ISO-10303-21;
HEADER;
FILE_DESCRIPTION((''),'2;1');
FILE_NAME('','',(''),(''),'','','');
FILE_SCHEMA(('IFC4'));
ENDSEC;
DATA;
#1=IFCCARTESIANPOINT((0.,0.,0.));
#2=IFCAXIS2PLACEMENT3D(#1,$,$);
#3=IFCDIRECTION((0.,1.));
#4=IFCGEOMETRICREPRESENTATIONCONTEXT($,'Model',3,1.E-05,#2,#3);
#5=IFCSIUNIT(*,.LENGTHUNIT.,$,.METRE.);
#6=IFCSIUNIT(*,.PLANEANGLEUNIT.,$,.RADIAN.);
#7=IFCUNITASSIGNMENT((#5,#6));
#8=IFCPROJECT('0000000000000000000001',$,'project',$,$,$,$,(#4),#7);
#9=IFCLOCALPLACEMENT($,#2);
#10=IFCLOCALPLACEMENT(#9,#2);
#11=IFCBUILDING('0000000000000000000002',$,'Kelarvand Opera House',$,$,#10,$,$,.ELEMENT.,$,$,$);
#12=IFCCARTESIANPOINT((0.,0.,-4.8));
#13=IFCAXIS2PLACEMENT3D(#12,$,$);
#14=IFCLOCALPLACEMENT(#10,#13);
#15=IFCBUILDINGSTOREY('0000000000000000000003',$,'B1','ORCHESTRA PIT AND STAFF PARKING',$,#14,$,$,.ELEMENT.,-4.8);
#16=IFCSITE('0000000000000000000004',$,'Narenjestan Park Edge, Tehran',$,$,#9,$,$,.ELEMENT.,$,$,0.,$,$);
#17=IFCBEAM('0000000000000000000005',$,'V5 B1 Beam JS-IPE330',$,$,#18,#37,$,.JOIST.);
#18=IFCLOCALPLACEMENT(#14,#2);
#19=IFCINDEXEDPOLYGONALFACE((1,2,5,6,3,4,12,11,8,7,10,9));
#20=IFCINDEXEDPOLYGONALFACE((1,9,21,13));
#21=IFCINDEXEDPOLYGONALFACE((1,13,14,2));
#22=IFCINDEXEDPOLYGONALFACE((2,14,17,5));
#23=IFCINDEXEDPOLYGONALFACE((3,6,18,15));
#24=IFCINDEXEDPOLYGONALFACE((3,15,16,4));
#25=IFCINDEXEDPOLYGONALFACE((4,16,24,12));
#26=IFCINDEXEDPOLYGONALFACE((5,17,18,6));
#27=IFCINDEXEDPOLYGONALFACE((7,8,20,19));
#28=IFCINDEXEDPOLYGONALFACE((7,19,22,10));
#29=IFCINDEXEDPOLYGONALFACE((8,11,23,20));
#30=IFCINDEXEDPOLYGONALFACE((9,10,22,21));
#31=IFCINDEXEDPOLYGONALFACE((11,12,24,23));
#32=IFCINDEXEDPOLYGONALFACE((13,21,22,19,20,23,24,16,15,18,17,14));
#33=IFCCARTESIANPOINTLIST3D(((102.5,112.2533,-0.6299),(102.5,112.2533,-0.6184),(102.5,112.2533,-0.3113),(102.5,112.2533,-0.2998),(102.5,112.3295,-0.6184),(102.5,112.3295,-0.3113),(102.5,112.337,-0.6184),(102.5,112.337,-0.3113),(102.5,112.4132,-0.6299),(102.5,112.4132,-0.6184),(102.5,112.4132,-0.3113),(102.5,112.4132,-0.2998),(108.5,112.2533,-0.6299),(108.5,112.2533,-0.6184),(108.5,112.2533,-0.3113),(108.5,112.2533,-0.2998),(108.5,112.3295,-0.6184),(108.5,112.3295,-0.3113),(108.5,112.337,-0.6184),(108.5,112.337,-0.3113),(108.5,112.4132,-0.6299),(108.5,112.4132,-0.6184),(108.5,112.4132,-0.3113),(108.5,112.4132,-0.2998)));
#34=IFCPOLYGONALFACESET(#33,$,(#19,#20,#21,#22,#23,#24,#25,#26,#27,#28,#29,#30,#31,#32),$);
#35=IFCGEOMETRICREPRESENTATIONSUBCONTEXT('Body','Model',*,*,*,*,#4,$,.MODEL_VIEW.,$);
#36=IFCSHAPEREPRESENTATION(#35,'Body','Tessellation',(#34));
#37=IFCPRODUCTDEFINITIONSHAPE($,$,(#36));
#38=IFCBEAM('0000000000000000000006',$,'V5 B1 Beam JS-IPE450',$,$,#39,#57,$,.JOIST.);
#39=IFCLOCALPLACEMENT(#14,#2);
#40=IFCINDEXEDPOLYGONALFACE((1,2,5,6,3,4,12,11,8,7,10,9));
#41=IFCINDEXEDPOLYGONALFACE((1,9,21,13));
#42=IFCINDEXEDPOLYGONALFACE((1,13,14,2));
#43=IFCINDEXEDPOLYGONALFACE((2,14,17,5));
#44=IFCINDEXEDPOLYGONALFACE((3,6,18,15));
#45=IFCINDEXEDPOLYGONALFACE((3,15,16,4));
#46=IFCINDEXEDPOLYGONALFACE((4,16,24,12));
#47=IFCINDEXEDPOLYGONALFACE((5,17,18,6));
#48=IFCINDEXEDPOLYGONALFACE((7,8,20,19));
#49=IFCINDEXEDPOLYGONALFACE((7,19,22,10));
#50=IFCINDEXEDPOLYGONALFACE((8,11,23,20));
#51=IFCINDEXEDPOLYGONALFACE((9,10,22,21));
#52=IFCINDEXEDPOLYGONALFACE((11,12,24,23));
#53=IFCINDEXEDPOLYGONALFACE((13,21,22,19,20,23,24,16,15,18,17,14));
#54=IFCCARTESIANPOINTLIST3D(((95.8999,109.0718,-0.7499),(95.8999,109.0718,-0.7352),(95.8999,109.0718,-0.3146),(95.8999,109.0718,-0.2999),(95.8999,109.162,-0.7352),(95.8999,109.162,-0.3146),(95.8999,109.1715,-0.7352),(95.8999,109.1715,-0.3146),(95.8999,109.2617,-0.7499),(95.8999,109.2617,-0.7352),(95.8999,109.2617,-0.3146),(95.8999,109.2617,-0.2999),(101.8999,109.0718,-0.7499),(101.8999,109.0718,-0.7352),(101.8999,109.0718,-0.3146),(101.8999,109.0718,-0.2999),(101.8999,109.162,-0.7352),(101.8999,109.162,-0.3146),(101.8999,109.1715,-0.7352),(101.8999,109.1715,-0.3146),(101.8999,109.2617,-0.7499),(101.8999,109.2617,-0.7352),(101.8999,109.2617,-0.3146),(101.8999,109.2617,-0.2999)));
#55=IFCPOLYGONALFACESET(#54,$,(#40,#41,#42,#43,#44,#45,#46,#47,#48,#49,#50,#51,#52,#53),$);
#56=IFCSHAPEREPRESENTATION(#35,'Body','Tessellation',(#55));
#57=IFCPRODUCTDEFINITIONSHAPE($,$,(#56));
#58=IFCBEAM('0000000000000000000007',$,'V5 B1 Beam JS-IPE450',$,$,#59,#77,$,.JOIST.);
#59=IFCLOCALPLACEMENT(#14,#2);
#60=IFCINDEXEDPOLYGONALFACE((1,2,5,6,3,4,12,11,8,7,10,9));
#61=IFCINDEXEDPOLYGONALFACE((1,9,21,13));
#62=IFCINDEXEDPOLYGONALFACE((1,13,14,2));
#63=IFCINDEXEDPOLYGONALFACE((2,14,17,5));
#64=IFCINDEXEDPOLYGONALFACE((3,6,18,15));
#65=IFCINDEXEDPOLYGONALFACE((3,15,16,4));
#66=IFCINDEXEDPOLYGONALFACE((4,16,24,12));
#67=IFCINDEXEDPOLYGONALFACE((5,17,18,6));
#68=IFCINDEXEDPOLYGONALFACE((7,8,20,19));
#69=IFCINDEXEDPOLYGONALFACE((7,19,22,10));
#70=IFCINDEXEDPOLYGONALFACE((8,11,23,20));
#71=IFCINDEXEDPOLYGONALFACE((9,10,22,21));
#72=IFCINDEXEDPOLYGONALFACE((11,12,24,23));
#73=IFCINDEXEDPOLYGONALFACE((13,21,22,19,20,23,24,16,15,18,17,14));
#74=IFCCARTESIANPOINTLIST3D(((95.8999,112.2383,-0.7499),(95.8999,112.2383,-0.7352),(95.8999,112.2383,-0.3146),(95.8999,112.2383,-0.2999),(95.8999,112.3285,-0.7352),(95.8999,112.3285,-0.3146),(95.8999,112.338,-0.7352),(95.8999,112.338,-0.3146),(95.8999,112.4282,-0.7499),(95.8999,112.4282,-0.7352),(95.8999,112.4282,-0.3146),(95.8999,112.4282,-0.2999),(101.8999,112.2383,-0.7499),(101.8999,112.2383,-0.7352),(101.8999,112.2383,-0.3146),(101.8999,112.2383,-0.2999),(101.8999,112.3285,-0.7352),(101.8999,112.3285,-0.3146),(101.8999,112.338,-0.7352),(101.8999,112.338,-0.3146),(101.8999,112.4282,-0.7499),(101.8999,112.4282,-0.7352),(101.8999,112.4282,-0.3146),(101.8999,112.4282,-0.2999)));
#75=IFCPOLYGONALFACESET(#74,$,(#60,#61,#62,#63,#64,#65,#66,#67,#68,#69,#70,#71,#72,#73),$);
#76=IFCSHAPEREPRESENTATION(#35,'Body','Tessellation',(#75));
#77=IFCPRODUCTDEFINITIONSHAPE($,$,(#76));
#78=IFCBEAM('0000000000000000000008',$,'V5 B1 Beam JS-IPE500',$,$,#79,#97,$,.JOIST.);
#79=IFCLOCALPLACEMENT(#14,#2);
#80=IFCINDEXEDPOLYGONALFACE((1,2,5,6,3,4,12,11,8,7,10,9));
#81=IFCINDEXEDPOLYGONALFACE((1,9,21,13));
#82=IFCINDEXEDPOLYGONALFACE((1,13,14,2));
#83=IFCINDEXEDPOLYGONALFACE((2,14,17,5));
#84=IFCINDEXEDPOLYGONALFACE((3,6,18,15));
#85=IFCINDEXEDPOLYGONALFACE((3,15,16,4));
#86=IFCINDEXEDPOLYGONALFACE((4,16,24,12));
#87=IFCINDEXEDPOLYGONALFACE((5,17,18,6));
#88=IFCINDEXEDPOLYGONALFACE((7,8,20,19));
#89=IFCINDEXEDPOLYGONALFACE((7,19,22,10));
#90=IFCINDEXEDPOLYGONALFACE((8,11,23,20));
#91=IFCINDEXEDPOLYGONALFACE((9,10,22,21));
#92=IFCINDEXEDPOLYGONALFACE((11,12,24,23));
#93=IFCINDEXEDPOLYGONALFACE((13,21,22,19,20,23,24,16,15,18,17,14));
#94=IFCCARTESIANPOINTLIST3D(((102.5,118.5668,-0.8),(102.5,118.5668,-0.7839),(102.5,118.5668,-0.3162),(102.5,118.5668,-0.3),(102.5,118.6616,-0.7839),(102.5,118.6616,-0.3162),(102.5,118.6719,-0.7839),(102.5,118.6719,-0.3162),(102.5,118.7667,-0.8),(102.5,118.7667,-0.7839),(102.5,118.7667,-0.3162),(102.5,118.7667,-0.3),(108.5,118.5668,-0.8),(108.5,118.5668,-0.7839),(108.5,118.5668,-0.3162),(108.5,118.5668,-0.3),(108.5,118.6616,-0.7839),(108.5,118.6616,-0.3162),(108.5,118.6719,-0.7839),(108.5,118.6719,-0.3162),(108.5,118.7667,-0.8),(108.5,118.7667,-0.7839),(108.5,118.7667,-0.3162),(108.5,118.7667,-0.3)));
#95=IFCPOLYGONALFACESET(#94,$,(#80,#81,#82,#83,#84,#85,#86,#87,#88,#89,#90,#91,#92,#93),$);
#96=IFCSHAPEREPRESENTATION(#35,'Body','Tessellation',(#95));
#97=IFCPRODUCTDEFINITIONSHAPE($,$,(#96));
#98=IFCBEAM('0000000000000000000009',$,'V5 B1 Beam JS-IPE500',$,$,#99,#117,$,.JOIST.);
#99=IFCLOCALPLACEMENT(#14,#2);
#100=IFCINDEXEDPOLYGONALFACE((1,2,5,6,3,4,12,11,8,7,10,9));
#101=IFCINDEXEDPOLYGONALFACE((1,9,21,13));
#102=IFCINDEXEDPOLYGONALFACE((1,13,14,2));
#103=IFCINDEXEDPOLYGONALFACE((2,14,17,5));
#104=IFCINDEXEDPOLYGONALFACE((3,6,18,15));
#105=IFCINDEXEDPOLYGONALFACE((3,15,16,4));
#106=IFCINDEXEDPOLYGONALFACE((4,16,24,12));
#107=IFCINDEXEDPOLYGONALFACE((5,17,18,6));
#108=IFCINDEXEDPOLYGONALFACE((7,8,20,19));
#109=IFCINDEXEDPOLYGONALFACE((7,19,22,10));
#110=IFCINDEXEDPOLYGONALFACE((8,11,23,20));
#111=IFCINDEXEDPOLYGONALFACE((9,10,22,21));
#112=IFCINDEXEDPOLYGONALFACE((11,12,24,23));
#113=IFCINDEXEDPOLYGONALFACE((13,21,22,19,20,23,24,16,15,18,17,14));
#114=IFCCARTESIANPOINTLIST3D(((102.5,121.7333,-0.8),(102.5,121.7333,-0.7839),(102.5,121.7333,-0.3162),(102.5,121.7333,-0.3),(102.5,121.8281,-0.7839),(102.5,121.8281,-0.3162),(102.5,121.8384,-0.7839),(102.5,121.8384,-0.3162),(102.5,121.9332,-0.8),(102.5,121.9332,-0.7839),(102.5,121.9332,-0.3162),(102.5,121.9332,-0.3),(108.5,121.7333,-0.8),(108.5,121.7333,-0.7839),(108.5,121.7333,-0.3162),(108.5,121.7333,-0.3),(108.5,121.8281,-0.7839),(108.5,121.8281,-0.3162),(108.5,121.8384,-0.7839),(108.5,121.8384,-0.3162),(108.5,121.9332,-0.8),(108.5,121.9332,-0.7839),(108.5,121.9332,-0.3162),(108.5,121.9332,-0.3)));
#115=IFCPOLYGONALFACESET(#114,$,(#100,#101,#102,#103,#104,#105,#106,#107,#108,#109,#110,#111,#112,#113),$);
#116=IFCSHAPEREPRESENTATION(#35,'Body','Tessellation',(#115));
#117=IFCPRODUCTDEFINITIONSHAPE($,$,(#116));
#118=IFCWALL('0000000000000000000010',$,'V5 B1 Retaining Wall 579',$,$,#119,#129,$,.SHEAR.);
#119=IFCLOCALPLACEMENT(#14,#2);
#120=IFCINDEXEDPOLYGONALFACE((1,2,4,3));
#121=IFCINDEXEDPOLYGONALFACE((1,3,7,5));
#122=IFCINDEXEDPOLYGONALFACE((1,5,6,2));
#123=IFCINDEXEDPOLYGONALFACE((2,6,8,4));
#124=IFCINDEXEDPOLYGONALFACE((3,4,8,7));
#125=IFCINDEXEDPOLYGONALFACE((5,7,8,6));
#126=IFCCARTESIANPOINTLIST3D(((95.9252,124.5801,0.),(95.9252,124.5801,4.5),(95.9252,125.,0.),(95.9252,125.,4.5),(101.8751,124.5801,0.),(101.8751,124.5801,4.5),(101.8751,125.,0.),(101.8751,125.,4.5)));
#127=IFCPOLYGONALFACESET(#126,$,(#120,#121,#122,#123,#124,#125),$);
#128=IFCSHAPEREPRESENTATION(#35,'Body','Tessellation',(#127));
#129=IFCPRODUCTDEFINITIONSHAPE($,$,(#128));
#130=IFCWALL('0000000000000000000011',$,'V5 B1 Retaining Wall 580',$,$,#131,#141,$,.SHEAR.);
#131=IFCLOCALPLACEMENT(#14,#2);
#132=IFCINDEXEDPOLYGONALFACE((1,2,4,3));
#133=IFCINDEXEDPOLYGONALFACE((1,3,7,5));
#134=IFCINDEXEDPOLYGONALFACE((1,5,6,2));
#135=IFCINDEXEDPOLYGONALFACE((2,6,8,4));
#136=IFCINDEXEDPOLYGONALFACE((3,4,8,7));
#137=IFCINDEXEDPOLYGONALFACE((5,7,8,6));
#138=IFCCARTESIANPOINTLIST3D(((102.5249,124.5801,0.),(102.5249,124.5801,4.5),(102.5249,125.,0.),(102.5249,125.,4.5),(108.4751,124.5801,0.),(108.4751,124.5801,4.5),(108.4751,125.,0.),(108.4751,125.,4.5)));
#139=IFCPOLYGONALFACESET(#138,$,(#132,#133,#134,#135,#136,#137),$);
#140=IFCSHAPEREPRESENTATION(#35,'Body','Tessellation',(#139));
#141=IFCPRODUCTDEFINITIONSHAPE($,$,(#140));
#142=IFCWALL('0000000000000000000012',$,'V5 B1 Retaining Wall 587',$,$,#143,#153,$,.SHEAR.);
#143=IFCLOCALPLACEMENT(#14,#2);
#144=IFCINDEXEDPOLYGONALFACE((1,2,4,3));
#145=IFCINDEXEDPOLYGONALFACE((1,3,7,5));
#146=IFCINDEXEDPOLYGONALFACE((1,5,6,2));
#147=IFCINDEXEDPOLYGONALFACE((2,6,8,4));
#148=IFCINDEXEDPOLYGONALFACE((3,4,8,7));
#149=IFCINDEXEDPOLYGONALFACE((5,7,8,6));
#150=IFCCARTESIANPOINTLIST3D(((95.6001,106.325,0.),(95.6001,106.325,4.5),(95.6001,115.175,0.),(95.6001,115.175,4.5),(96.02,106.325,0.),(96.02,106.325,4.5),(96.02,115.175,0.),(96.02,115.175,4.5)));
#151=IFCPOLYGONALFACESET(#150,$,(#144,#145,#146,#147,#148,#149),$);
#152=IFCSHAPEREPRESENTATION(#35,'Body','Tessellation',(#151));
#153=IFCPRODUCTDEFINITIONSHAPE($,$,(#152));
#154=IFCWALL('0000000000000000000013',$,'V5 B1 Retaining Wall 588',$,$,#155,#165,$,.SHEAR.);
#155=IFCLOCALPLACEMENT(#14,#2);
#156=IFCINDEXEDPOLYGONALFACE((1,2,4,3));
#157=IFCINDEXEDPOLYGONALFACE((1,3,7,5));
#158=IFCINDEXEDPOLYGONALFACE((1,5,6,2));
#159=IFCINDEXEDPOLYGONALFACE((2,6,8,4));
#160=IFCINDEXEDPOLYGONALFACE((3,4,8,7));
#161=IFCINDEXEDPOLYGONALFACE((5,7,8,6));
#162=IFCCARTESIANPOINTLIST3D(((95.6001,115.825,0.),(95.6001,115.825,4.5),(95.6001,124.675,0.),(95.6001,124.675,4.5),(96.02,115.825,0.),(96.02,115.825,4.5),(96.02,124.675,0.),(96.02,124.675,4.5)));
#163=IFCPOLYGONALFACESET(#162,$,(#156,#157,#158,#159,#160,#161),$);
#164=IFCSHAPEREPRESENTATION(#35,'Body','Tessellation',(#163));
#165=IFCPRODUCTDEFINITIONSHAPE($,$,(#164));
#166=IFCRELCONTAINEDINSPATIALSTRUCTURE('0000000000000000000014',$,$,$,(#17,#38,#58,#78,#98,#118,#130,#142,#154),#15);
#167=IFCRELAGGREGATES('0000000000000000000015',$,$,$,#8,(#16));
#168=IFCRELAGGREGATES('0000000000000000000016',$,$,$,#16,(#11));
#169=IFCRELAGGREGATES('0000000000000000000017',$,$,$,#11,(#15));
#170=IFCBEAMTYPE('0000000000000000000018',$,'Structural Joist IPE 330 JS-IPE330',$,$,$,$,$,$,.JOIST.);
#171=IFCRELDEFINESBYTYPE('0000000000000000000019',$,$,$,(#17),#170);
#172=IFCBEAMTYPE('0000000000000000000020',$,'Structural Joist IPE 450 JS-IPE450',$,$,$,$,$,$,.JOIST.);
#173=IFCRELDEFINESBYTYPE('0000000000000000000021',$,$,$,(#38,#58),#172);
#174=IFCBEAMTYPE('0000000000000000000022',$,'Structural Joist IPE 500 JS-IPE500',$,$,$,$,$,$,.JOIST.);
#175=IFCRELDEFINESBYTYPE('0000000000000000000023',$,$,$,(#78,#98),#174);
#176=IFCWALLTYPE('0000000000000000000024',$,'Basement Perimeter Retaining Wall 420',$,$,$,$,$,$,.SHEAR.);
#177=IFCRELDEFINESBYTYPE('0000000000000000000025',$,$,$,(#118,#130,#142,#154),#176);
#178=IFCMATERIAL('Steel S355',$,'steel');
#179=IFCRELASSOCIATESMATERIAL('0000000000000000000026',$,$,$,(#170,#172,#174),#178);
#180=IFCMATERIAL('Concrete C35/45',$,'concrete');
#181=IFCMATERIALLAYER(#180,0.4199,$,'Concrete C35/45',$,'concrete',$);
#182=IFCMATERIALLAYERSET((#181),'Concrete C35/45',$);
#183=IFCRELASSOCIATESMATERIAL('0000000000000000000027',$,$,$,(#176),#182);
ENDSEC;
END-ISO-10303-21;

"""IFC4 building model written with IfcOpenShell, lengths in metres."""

from ifc_helpers import new_model, si_unit, direction, frame, frame_2d, origin, origin_2d, place, context, subcontext, project, spatial, rectangle, i_section, extrude, material, layer, layer_set, material_profile, profile_set, type_object, element, save


model = new_model("IFC4")

# Units and contexts
model_context = context("Model", 3, precision=1e-05, world=origin(), true_north=direction((0.0, 1.0)))
body_context = subcontext(model_context, "Body", "Model", "MODEL_VIEW")
ifc_project = project(units=[si_unit("LENGTHUNIT", "METRE"), si_unit("PLANEANGLEUNIT", "RADIAN")], contexts=[model_context])

# Site, building, storey
site_placement = place(None, origin())
site = spatial("IfcSite", under=ifc_project, at=site_placement, Name="Narenjestan Park Edge, Tehran", CompositionType="ELEMENT", RefElevation=0.0)
building_placement = place(site_placement, origin())
building = spatial("IfcBuilding", under=site, at=building_placement, Name="Kelarvand Opera House", CompositionType="ELEMENT")
storey_placement = place(building_placement, frame((0.0, 0.0, -4.8)))
storey = spatial("IfcBuildingStorey", under=building, at=storey_placement, Name="B1", Description="ORCHESTRA PIT AND STAFF PARKING", CompositionType="ELEMENT", Elevation=-4.8)

# Beams
ifc_material_1 = material(Name="Steel S355", Category="steel")
ifc_material_profile_1 = material_profile(ifc_material_1, i_section(OverallWidth=0.1599, OverallDepth=0.3301, WebThickness=0.0076, FlangeThickness=0.0115, at=origin_2d()), Name="IPE 330", Category="steel")
ifc_profile_set_1 = profile_set([ifc_material_profile_1], Name="Steel S355")
beam_type_1 = type_object("IfcBeamType", Name="Structural Joist IPE 330 JS-IPE330", PredefinedType="JOIST", material=ifc_profile_set_1)
for number, where, z_axis, x_axis, name in (
    (1, (102.5, 112.3333, -0.4648), (1.0, 0.0, 0.0), (0.0, 1.0, 0.0), "V5 B1 Beam JS-IPE330"),
):
    element("IfcBeam", number, at=place(storey_placement, frame(where, z_axis=z_axis, x_axis=x_axis)), inside=storey, type_object=beam_type_1, Name=name, PredefinedType="JOIST", context=body_context, shape_type="SweptSolid", body=[
        extrude(i_section(OverallWidth=0.1599, OverallDepth=0.3301, WebThickness=0.0076, FlangeThickness=0.0115, at=origin_2d()), origin(), (0.0, 0.0, 1.0), 6.0),
    ])
ifc_material_profile_2 = material_profile(ifc_material_1, i_section(OverallWidth=0.1899, OverallDepth=0.45, WebThickness=0.0095, FlangeThickness=0.0146, at=origin_2d()), Name="IPE 450", Category="steel")
ifc_profile_set_2 = profile_set([ifc_material_profile_2], Name="Steel S355")
beam_type_2 = type_object("IfcBeamType", Name="Structural Joist IPE 450 JS-IPE450", PredefinedType="JOIST", material=ifc_profile_set_2)
for number, where, z_axis, x_axis, name in (
    (2, (95.8999, 109.1667, -0.5249), (1.0, 0.0, 0.0), (0.0, 1.0, 0.0), "V5 B1 Beam JS-IPE450"),
    (3, (95.8999, 112.3333, -0.5249), (1.0, 0.0, 0.0), (0.0, 1.0, 0.0), "V5 B1 Beam JS-IPE450"),
):
    element("IfcBeam", number, at=place(storey_placement, frame(where, z_axis=z_axis, x_axis=x_axis)), inside=storey, type_object=beam_type_2, Name=name, PredefinedType="JOIST", context=body_context, shape_type="SweptSolid", body=[
        extrude(i_section(OverallWidth=0.1899, OverallDepth=0.45, WebThickness=0.0095, FlangeThickness=0.0146, at=origin_2d()), origin(), (0.0, 0.0, 1.0), 6.0),
    ])
ifc_material_profile_3 = material_profile(ifc_material_1, i_section(OverallWidth=0.2, OverallDepth=0.5, WebThickness=0.0103, FlangeThickness=0.0161, at=origin_2d()), Name="IPE 500", Category="steel")
ifc_profile_set_3 = profile_set([ifc_material_profile_3], Name="Steel S355")
beam_type_3 = type_object("IfcBeamType", Name="Structural Joist IPE 500 JS-IPE500", PredefinedType="JOIST", material=ifc_profile_set_3)
for number, where, z_axis, x_axis, name in (
    (4, (102.5, 118.6667, -0.55), (1.0, 0.0, 0.0), (0.0, 1.0, 0.0), "V5 B1 Beam JS-IPE500"),
    (5, (102.5, 121.8333, -0.55), (1.0, 0.0, 0.0), (0.0, 1.0, 0.0), "V5 B1 Beam JS-IPE500"),
):
    element("IfcBeam", number, at=place(storey_placement, frame(where, z_axis=z_axis, x_axis=x_axis)), inside=storey, type_object=beam_type_3, Name=name, PredefinedType="JOIST", context=body_context, shape_type="SweptSolid", body=[
        extrude(i_section(OverallWidth=0.2, OverallDepth=0.5, WebThickness=0.0103, FlangeThickness=0.0161, at=origin_2d()), origin(), (0.0, 0.0, 1.0), 6.0),
    ])

# Walls
ifc_material_2 = material(Name="Concrete C35/45", Category="concrete")
ifc_layer = layer(ifc_material_2, 0.4199, Name="Concrete C35/45", Category="concrete")
ifc_layer_set = layer_set([ifc_layer], Name="Concrete C35/45")
wall_type = type_object("IfcWallType", Name="Basement Perimeter Retaining Wall 420", PredefinedType="SHEAR", material=ifc_layer_set)
wall_1_placement = place(storey_placement, frame((95.925, 124.79, 0.0), z_axis=(0.0, 0.0, 1.0), x_axis=(1.0, 0.0, 0.0)))
element("IfcWall", 6, at=wall_1_placement, inside=storey, type_object=wall_type, Name="V5 B1 Retaining Wall 579", PredefinedType="SHEAR", context=body_context, shape_type="SweptSolid", body=[
    extrude(rectangle(XDim=5.95, YDim=0.4199, at=frame_2d((2.9751, 0.0))), origin(), (0.0, 0.0, 1.0), 4.5),
])
wall_2_placement = place(storey_placement, frame((102.5249, 124.79, 0.0), z_axis=(0.0, 0.0, 1.0), x_axis=(1.0, 0.0, 0.0)))
element("IfcWall", 7, at=wall_2_placement, inside=storey, type_object=wall_type, Name="V5 B1 Retaining Wall 580", PredefinedType="SHEAR", context=body_context, shape_type="SweptSolid", body=[
    extrude(rectangle(XDim=5.9502, YDim=0.4199, at=frame_2d((2.9751, 0.0))), origin(), (0.0, 0.0, 1.0), 4.5),
])
for number, where, z_axis, x_axis, name in (
    (8, (95.8101, 106.325, 0.0), (0.0, 0.0, 1.0), (0.0, 1.0, 0.0), "V5 B1 Retaining Wall 587"),
    (9, (95.8101, 115.825, 0.0), (0.0, 0.0, 1.0), (0.0, 1.0, 0.0), "V5 B1 Retaining Wall 588"),
):
    element("IfcWall", number, at=place(storey_placement, frame(where, z_axis=z_axis, x_axis=x_axis)), inside=storey, type_object=wall_type, Name=name, PredefinedType="SHEAR", context=body_context, shape_type="SweptSolid", body=[
        extrude(rectangle(XDim=8.8501, YDim=0.4199, at=frame_2d((4.425, 0.0))), origin(), (0.0, 0.0, 1.0), 4.5),
    ])

save(model, "model.ifc")
